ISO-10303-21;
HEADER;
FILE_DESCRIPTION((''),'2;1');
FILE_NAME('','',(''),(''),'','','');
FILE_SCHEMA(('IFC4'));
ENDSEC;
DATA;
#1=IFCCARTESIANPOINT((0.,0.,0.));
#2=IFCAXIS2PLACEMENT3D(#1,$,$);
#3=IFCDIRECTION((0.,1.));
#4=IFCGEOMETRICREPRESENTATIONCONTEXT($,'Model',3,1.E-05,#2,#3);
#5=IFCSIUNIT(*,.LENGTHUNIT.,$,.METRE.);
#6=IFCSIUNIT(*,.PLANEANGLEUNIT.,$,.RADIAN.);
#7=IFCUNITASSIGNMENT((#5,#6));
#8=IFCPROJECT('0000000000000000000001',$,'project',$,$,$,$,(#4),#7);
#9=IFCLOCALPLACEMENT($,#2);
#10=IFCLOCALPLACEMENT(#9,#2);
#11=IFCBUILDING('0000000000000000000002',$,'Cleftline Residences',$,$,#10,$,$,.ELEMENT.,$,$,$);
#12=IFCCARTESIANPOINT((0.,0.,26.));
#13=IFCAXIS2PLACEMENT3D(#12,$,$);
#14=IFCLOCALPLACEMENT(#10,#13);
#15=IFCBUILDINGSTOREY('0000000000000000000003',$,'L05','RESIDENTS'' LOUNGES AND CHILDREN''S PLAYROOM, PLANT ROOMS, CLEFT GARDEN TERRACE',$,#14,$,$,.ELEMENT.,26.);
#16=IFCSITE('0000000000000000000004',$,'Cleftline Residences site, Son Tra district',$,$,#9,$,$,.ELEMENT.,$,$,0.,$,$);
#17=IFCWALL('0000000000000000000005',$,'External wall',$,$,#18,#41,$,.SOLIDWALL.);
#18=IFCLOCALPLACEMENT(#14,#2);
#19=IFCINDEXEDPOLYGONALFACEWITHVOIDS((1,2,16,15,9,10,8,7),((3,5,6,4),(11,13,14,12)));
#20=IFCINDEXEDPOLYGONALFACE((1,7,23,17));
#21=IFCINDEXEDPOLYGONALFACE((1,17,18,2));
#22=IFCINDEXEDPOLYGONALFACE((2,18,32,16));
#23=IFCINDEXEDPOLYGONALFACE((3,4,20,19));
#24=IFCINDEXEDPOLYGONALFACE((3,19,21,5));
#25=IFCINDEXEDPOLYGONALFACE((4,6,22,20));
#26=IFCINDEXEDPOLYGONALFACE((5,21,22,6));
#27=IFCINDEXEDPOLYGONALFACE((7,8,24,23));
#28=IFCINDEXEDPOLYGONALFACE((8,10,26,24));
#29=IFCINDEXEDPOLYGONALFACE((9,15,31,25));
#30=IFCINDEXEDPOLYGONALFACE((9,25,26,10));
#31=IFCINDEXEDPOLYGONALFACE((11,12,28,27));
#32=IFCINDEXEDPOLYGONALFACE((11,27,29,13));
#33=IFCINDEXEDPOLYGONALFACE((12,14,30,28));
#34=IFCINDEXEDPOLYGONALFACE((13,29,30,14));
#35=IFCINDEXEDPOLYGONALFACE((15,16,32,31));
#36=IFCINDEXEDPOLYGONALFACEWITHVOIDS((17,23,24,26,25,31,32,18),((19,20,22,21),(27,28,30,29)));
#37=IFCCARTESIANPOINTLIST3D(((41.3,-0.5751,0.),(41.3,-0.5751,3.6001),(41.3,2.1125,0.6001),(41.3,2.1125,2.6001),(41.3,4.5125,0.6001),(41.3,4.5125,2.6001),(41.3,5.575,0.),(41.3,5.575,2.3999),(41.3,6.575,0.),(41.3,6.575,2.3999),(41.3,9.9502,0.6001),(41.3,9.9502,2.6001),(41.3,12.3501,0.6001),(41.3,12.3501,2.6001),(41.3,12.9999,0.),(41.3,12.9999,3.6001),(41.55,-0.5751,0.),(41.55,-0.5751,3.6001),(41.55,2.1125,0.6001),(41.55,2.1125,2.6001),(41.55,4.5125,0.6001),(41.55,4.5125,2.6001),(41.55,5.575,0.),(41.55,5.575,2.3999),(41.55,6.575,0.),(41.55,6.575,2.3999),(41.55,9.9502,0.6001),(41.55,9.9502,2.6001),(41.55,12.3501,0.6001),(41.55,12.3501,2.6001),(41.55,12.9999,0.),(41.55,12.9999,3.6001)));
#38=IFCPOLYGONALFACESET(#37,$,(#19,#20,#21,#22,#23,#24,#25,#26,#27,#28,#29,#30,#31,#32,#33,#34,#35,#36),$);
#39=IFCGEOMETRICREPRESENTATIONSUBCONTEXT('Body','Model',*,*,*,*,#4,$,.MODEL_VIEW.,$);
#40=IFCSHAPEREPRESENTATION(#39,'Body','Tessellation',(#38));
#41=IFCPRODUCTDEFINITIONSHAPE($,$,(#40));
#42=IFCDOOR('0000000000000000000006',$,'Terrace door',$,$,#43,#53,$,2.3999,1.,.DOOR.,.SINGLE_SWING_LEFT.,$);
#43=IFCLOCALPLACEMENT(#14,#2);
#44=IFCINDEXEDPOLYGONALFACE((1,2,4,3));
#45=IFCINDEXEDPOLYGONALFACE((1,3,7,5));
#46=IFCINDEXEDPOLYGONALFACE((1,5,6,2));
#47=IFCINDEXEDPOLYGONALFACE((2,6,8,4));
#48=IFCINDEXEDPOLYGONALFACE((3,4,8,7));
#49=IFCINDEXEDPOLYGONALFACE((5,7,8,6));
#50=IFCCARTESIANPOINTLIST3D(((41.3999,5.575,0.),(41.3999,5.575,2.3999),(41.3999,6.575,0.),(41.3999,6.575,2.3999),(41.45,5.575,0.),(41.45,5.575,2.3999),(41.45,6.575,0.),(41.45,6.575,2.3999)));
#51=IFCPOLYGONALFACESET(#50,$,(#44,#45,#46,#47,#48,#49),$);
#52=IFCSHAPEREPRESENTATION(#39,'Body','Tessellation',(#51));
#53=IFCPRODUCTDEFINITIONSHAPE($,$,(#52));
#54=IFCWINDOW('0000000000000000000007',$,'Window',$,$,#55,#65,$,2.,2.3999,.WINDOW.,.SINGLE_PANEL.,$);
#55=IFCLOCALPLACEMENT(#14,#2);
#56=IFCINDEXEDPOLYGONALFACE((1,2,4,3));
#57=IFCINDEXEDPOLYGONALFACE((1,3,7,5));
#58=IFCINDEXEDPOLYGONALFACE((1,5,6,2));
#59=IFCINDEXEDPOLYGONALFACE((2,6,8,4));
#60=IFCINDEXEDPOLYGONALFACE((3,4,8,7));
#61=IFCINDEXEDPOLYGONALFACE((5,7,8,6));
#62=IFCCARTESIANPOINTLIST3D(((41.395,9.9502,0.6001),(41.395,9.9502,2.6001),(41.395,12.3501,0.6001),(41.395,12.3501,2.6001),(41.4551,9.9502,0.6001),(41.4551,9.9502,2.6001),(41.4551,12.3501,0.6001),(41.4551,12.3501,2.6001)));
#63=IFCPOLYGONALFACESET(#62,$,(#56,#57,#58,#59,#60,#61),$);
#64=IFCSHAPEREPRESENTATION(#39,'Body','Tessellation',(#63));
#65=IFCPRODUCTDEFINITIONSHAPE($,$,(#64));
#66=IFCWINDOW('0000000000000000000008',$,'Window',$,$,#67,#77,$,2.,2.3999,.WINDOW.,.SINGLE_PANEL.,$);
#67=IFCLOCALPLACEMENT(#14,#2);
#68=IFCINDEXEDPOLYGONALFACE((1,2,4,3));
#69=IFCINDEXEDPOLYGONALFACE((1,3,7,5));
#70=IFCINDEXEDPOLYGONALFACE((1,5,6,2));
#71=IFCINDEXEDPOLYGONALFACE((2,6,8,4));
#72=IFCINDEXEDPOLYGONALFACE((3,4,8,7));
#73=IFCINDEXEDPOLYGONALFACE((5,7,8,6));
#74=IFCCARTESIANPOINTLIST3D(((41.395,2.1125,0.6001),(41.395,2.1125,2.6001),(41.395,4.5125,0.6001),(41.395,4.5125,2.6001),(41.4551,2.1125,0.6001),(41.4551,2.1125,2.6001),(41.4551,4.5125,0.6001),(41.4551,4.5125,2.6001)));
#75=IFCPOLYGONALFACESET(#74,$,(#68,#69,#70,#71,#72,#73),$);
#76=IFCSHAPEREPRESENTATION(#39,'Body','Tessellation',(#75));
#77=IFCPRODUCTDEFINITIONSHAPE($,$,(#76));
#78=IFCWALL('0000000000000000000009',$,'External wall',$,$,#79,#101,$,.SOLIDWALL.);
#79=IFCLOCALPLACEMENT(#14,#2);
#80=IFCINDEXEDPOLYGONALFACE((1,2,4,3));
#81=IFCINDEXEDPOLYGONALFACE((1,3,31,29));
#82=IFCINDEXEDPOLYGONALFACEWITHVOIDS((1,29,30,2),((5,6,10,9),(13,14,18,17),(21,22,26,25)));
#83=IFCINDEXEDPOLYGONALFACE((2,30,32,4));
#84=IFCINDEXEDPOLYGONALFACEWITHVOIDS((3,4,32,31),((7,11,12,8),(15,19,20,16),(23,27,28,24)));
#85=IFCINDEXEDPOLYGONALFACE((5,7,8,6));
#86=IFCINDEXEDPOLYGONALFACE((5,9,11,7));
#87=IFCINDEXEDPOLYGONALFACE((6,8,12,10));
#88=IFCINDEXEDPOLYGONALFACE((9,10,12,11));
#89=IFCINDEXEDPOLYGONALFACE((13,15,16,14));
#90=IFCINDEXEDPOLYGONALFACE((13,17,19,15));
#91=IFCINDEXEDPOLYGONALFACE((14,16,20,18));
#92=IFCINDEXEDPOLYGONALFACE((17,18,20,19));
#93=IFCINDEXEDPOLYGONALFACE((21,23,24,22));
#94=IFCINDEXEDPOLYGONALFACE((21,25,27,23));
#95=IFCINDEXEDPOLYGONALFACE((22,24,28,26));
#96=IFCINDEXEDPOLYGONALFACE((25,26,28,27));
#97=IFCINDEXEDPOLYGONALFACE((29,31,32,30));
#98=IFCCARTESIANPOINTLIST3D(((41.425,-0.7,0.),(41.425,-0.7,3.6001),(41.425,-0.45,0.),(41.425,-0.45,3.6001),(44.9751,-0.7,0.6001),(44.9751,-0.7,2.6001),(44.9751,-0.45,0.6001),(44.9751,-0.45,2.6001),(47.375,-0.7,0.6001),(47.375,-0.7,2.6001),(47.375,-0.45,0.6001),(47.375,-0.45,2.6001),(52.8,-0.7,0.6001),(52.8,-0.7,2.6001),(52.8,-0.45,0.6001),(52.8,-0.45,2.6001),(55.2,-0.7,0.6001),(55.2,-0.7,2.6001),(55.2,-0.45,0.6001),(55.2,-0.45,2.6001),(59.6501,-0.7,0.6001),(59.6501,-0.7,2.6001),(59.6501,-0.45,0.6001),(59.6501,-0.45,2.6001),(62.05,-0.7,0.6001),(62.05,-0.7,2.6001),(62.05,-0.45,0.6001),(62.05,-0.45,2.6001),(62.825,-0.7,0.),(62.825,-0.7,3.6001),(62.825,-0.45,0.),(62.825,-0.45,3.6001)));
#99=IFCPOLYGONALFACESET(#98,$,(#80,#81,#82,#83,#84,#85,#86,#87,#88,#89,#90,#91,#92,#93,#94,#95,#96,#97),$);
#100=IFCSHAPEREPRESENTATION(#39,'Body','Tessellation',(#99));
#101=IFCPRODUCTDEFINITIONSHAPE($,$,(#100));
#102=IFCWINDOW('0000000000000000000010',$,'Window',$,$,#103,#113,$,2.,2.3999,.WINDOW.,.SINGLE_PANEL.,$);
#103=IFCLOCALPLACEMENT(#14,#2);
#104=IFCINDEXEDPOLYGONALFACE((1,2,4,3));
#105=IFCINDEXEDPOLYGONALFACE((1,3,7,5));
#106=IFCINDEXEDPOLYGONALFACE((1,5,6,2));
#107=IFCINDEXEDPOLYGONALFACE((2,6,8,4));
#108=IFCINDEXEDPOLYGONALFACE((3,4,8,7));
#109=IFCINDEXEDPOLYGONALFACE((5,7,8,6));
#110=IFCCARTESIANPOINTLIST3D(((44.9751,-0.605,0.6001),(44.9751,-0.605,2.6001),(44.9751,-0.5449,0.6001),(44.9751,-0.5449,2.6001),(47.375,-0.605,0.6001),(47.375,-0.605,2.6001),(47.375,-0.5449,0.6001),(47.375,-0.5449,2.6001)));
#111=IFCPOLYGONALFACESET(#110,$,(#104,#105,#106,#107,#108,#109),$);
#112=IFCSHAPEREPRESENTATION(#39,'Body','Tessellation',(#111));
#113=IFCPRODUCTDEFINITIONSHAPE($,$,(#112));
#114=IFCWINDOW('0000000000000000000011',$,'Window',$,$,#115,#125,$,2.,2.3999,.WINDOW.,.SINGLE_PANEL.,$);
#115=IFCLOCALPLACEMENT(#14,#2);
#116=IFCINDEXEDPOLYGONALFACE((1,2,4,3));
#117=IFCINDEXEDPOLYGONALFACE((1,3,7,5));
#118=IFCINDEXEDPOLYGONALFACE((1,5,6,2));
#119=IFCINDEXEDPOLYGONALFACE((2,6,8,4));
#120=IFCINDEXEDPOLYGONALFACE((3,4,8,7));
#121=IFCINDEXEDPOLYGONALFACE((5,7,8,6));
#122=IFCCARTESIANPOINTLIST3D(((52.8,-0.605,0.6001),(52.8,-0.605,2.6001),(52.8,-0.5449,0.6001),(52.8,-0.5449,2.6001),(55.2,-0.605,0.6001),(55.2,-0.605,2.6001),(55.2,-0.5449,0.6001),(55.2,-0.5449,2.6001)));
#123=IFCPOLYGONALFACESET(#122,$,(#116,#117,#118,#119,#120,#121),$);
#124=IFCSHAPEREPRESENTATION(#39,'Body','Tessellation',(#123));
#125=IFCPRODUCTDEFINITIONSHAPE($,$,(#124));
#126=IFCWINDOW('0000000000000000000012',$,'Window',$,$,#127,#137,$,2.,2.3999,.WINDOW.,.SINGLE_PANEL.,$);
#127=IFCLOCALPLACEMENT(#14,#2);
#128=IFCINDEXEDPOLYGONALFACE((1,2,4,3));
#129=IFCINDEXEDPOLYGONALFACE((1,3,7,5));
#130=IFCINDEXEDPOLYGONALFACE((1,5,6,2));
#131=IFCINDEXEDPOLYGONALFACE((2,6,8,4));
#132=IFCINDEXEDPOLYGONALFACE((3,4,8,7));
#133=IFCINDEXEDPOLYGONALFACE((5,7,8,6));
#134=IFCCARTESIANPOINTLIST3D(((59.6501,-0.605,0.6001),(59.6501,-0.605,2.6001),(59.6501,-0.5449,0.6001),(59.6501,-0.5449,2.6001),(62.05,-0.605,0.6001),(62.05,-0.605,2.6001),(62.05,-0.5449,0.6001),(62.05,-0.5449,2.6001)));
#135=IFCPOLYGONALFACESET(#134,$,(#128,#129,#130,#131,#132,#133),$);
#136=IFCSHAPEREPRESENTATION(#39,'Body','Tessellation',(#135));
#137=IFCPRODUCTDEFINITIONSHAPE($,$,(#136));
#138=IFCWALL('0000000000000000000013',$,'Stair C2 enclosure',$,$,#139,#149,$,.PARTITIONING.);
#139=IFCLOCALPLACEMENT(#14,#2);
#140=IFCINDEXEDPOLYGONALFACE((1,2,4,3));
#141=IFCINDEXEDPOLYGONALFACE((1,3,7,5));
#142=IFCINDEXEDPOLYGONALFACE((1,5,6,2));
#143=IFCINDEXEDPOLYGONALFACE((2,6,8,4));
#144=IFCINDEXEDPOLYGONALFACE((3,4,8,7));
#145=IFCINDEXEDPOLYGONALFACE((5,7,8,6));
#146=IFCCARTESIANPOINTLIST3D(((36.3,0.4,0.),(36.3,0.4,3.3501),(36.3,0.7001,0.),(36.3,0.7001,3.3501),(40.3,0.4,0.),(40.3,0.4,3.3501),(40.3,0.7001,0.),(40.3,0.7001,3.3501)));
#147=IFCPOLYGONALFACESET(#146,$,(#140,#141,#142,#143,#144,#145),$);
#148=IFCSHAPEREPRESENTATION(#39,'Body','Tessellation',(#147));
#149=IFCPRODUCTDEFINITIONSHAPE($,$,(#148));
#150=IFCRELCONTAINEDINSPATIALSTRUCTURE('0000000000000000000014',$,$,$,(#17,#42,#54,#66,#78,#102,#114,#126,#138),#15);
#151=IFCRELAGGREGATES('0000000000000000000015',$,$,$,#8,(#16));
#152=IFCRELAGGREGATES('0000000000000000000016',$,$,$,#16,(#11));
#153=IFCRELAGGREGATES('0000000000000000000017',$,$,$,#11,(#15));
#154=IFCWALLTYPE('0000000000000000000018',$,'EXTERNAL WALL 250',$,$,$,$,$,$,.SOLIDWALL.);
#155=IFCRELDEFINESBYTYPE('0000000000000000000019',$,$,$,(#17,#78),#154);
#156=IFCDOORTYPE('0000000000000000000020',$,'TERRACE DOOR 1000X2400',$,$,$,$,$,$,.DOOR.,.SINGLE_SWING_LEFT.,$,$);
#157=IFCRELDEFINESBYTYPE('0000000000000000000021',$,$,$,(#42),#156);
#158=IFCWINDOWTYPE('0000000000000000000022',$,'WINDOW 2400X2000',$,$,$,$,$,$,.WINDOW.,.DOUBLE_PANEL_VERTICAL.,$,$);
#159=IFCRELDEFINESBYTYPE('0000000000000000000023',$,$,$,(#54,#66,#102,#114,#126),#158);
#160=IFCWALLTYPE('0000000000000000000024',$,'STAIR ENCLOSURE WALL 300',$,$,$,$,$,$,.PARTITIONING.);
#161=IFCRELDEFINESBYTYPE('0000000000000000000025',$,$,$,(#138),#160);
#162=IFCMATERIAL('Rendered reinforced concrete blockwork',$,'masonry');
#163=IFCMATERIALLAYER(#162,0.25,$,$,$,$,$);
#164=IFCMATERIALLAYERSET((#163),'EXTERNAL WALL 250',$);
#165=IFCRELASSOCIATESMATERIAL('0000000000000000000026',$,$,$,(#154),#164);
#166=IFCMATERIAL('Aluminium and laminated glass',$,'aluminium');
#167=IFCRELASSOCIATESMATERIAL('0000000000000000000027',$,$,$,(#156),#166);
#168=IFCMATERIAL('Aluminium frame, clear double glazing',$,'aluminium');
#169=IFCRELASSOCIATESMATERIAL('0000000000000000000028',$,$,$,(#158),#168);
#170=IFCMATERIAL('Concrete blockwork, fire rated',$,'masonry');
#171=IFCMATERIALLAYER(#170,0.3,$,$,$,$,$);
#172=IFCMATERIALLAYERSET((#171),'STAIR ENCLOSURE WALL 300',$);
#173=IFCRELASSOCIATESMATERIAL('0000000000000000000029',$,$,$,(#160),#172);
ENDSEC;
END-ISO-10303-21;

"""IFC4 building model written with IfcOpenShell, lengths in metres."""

from ifc_helpers import new_model, si_unit, direction, frame, frame_2d, origin, place, context, subcontext, project, spatial, rectangle, extrude, material, layer, layer_set, type_object, element, fill, save


model = new_model("IFC4")

# Units and contexts
model_context = context("Model", 3, precision=1e-05, world=origin(), true_north=direction((0.0, 1.0)))
body_context = subcontext(model_context, "Body", "Model", "MODEL_VIEW")
ifc_project = project(units=[si_unit("LENGTHUNIT", "METRE"), si_unit("PLANEANGLEUNIT", "RADIAN")], contexts=[model_context])

# Site, building, storey
site_placement = place(None, origin())
site = spatial("IfcSite", under=ifc_project, at=site_placement, Name="Cleftline Residences site, Son Tra district", CompositionType="ELEMENT", RefElevation=0.0)
building_placement = place(site_placement, origin())
building = spatial("IfcBuilding", under=site, at=building_placement, Name="Cleftline Residences", CompositionType="ELEMENT")
storey_placement = place(building_placement, frame((0.0, 0.0, 26.0)))
storey = spatial("IfcBuildingStorey", under=building, at=storey_placement, Name="L05", Description="RESIDENTS' LOUNGES AND CHILDREN'S PLAYROOM, PLANT ROOMS, CLEFT GARDEN TERRACE", CompositionType="ELEMENT", Elevation=26.0)

# Wall, openings, door, windows
ifc_material_1 = material(Name="Rendered reinforced concrete blockwork", Category="masonry")
ifc_layer_1 = layer(ifc_material_1, 0.25)
ifc_layer_set_1 = layer_set([ifc_layer_1], Name="EXTERNAL WALL 250")
wall_type_1 = type_object("IfcWallType", Name="EXTERNAL WALL 250", PredefinedType="SOLIDWALL", material=ifc_layer_set_1)
wall_1_placement = place(storey_placement, frame((41.425, 13.0, 0.0), z_axis=(0.0, 0.0, 1.0), x_axis=(0.0, -1.0, 0.0)))
wall_1 = element("IfcWall", 1, at=wall_1_placement, inside=storey, type_object=wall_type_1, Name="External wall", PredefinedType="SOLIDWALL", context=body_context, shape_type="SweptSolid", body=[
    extrude(rectangle(XDim=13.575, YDim=0.25, at=frame_2d((6.7876, 0.0))), origin(), (0.0, 0.0, 1.0), 3.6001),
])
opening_1_placement = place(wall_1_placement, frame((6.425, 0.0, 0.0)))
opening_1 = element("IfcOpeningElement", 2, at=opening_1_placement, cuts=wall_1, PredefinedType="OPENING", context=body_context, shape_type="SweptSolid", body=[
    extrude(rectangle(XDim=1.0, YDim=2.3999, at=frame_2d((0.5, 1.2))), frame((0.0, 0.135, 0.0), z_axis=(0.0, -1.0, 0.0), x_axis=(1.0, 0.0, 0.0)), (0.0, 0.0, 1.0), 0.27),
])
opening_2_placement = place(wall_1_placement, frame((0.6499, 0.0, 0.6001)))
opening_2 = element("IfcOpeningElement", 3, at=opening_2_placement, cuts=wall_1, PredefinedType="OPENING", context=body_context, shape_type="SweptSolid", body=[
    extrude(rectangle(XDim=2.3999, YDim=2.0, at=frame_2d((1.2, 1.0))), frame((0.0, 0.135, 0.0), z_axis=(0.0, -1.0, 0.0), x_axis=(1.0, 0.0, 0.0)), (0.0, 0.0, 1.0), 0.27),
])
opening_3_placement = place(wall_1_placement, frame((8.4875, 0.0, 0.6001)))
opening_3 = element("IfcOpeningElement", 4, at=opening_3_placement, cuts=wall_1, PredefinedType="OPENING", context=body_context, shape_type="SweptSolid", body=[
    extrude(rectangle(XDim=2.3999, YDim=2.0, at=frame_2d((1.2, 1.0))), frame((0.0, 0.135, 0.0), z_axis=(0.0, -1.0, 0.0), x_axis=(1.0, 0.0, 0.0)), (0.0, 0.0, 1.0), 0.27),
])
ifc_material_2 = material(Name="Aluminium and laminated glass", Category="aluminium")
door_type_1 = type_object("IfcDoorType", Name="TERRACE DOOR 1000X2400", OperationType="SINGLE_SWING_LEFT", PredefinedType="DOOR", material=ifc_material_2)
door_1_placement = place(opening_1_placement, origin())
door_1 = element("IfcDoor", 5, at=door_1_placement, inside=storey, type_object=door_type_1, Name="Terrace door", OperationType="SINGLE_SWING_LEFT", OverallHeight=2.3999, OverallWidth=1.0, PredefinedType="DOOR", context=body_context, shape_type="SweptSolid", body=[
    extrude(rectangle(XDim=1.0, YDim=2.3999, at=frame_2d((0.5, 1.2))), frame((0.0, 0.0249, 0.0), z_axis=(0.0, -1.0, 0.0), x_axis=(1.0, 0.0, 0.0)), (0.0, 0.0, 1.0), 0.05),
])
fill(opening_1, door_1)
ifc_material_3 = material(Name="Aluminium frame, clear double glazing", Category="aluminium")
window_type = type_object("IfcWindowType", Name="WINDOW 2400X2000", PartitioningType="DOUBLE_PANEL_VERTICAL", PredefinedType="WINDOW", material=ifc_material_3)
window_1_placement = place(opening_2_placement, origin())
window_1 = element("IfcWindow", 6, at=window_1_placement, inside=storey, type_object=window_type, Name="Window", OverallHeight=2.0, OverallWidth=2.3999, PartitioningType="SINGLE_PANEL", PredefinedType="WINDOW", context=body_context, shape_type="SweptSolid", body=[
    extrude(rectangle(XDim=2.3999, YDim=2.0, at=frame_2d((1.2, 1.0))), frame((0.0, 0.03, 0.0), z_axis=(0.0, -1.0, 0.0), x_axis=(1.0, 0.0, 0.0)), (0.0, 0.0, 1.0), 0.0601),
])
fill(opening_2, window_1)
window_2_placement = place(opening_3_placement, origin())
window_2 = element("IfcWindow", 7, at=window_2_placement, inside=storey, type_object=window_type, Name="Window", OverallHeight=2.0, OverallWidth=2.3999, PartitioningType="SINGLE_PANEL", PredefinedType="WINDOW", context=body_context, shape_type="SweptSolid", body=[
    extrude(rectangle(XDim=2.3999, YDim=2.0, at=frame_2d((1.2, 1.0))), frame((0.0, 0.03, 0.0), z_axis=(0.0, -1.0, 0.0), x_axis=(1.0, 0.0, 0.0)), (0.0, 0.0, 1.0), 0.0601),
])
fill(opening_3, window_2)

# Wall, openings, windows
wall_2_placement = place(storey_placement, frame((41.425, -0.575, 0.0), z_axis=(0.0, 0.0, 1.0), x_axis=(1.0, 0.0, 0.0)))
wall_2 = element("IfcWall", 8, at=wall_2_placement, inside=storey, type_object=wall_type_1, Name="External wall", PredefinedType="SOLIDWALL", context=body_context, shape_type="SweptSolid", body=[
    extrude(rectangle(XDim=21.3999, YDim=0.25, at=frame_2d((10.7, 0.0))), origin(), (0.0, 0.0, 1.0), 3.6001),
])
opening_4_placement = place(wall_2_placement, frame((3.55, 0.0, 0.6001)))
opening_4 = element("IfcOpeningElement", 9, at=opening_4_placement, cuts=wall_2, PredefinedType="OPENING", context=body_context, shape_type="SweptSolid", body=[
    extrude(rectangle(XDim=2.3999, YDim=2.0, at=frame_2d((1.2, 1.0))), frame((0.0, 0.135, 0.0), z_axis=(0.0, -1.0, 0.0), x_axis=(1.0, 0.0, 0.0)), (0.0, 0.0, 1.0), 0.27),
])
opening_5_placement = place(wall_2_placement, frame((11.375, 0.0, 0.6001)))
opening_5 = element("IfcOpeningElement", 10, at=opening_5_placement, cuts=wall_2, PredefinedType="OPENING", context=body_context, shape_type="SweptSolid", body=[
    extrude(rectangle(XDim=2.3999, YDim=2.0, at=frame_2d((1.2, 1.0))), frame((0.0, 0.135, 0.0), z_axis=(0.0, -1.0, 0.0), x_axis=(1.0, 0.0, 0.0)), (0.0, 0.0, 1.0), 0.27),
])
opening_6_placement = place(wall_2_placement, frame((18.2251, 0.0, 0.6001)))
opening_6 = element("IfcOpeningElement", 11, at=opening_6_placement, cuts=wall_2, PredefinedType="OPENING", context=body_context, shape_type="SweptSolid", body=[
    extrude(rectangle(XDim=2.3999, YDim=2.0, at=frame_2d((1.2, 1.0))), frame((0.0, 0.135, 0.0), z_axis=(0.0, -1.0, 0.0), x_axis=(1.0, 0.0, 0.0)), (0.0, 0.0, 1.0), 0.27),
])
window_3_placement = place(opening_4_placement, origin())
window_3 = element("IfcWindow", 12, at=window_3_placement, inside=storey, type_object=window_type, Name="Window", OverallHeight=2.0, OverallWidth=2.3999, PartitioningType="SINGLE_PANEL", PredefinedType="WINDOW", context=body_context, shape_type="SweptSolid", body=[
    extrude(rectangle(XDim=2.3999, YDim=2.0, at=frame_2d((1.2, 1.0))), frame((0.0, 0.03, 0.0), z_axis=(0.0, -1.0, 0.0), x_axis=(1.0, 0.0, 0.0)), (0.0, 0.0, 1.0), 0.0601),
])
fill(opening_4, window_3)
window_4_placement = place(opening_5_placement, origin())
window_4 = element("IfcWindow", 13, at=window_4_placement, inside=storey, type_object=window_type, Name="Window", OverallHeight=2.0, OverallWidth=2.3999, PartitioningType="SINGLE_PANEL", PredefinedType="WINDOW", context=body_context, shape_type="SweptSolid", body=[
    extrude(rectangle(XDim=2.3999, YDim=2.0, at=frame_2d((1.2, 1.0))), frame((0.0, 0.03, 0.0), z_axis=(0.0, -1.0, 0.0), x_axis=(1.0, 0.0, 0.0)), (0.0, 0.0, 1.0), 0.0601),
])
fill(opening_5, window_4)
window_5_placement = place(opening_6_placement, origin())
window_5 = element("IfcWindow", 14, at=window_5_placement, inside=storey, type_object=window_type, Name="Window", OverallHeight=2.0, OverallWidth=2.3999, PartitioningType="SINGLE_PANEL", PredefinedType="WINDOW", context=body_context, shape_type="SweptSolid", body=[
    extrude(rectangle(XDim=2.3999, YDim=2.0, at=frame_2d((1.2, 1.0))), frame((0.0, 0.03, 0.0), z_axis=(0.0, -1.0, 0.0), x_axis=(1.0, 0.0, 0.0)), (0.0, 0.0, 1.0), 0.0601),
])
fill(opening_6, window_5)

# Wall
ifc_material_4 = material(Name="Concrete blockwork, fire rated", Category="masonry")
ifc_layer_2 = layer(ifc_material_4, 0.3)
ifc_layer_set_2 = layer_set([ifc_layer_2], Name="STAIR ENCLOSURE WALL 300")
wall_type_2 = type_object("IfcWallType", Name="STAIR ENCLOSURE WALL 300", PredefinedType="PARTITIONING", material=ifc_layer_set_2)
wall_3_placement = place(storey_placement, frame((36.3, 0.55, 0.0), z_axis=(0.0, 0.0, 1.0), x_axis=(1.0, 0.0, 0.0)))
element("IfcWall", 15, at=wall_3_placement, inside=storey, type_object=wall_type_2, Name="Stair C2 enclosure", PredefinedType="PARTITIONING", context=body_context, shape_type="SweptSolid", body=[
    extrude(rectangle(XDim=4.0, YDim=0.3, at=frame_2d((2.0, 0.0))), origin(), (0.0, 0.0, 1.0), 3.3501),
])

save(model, "model.ifc")
